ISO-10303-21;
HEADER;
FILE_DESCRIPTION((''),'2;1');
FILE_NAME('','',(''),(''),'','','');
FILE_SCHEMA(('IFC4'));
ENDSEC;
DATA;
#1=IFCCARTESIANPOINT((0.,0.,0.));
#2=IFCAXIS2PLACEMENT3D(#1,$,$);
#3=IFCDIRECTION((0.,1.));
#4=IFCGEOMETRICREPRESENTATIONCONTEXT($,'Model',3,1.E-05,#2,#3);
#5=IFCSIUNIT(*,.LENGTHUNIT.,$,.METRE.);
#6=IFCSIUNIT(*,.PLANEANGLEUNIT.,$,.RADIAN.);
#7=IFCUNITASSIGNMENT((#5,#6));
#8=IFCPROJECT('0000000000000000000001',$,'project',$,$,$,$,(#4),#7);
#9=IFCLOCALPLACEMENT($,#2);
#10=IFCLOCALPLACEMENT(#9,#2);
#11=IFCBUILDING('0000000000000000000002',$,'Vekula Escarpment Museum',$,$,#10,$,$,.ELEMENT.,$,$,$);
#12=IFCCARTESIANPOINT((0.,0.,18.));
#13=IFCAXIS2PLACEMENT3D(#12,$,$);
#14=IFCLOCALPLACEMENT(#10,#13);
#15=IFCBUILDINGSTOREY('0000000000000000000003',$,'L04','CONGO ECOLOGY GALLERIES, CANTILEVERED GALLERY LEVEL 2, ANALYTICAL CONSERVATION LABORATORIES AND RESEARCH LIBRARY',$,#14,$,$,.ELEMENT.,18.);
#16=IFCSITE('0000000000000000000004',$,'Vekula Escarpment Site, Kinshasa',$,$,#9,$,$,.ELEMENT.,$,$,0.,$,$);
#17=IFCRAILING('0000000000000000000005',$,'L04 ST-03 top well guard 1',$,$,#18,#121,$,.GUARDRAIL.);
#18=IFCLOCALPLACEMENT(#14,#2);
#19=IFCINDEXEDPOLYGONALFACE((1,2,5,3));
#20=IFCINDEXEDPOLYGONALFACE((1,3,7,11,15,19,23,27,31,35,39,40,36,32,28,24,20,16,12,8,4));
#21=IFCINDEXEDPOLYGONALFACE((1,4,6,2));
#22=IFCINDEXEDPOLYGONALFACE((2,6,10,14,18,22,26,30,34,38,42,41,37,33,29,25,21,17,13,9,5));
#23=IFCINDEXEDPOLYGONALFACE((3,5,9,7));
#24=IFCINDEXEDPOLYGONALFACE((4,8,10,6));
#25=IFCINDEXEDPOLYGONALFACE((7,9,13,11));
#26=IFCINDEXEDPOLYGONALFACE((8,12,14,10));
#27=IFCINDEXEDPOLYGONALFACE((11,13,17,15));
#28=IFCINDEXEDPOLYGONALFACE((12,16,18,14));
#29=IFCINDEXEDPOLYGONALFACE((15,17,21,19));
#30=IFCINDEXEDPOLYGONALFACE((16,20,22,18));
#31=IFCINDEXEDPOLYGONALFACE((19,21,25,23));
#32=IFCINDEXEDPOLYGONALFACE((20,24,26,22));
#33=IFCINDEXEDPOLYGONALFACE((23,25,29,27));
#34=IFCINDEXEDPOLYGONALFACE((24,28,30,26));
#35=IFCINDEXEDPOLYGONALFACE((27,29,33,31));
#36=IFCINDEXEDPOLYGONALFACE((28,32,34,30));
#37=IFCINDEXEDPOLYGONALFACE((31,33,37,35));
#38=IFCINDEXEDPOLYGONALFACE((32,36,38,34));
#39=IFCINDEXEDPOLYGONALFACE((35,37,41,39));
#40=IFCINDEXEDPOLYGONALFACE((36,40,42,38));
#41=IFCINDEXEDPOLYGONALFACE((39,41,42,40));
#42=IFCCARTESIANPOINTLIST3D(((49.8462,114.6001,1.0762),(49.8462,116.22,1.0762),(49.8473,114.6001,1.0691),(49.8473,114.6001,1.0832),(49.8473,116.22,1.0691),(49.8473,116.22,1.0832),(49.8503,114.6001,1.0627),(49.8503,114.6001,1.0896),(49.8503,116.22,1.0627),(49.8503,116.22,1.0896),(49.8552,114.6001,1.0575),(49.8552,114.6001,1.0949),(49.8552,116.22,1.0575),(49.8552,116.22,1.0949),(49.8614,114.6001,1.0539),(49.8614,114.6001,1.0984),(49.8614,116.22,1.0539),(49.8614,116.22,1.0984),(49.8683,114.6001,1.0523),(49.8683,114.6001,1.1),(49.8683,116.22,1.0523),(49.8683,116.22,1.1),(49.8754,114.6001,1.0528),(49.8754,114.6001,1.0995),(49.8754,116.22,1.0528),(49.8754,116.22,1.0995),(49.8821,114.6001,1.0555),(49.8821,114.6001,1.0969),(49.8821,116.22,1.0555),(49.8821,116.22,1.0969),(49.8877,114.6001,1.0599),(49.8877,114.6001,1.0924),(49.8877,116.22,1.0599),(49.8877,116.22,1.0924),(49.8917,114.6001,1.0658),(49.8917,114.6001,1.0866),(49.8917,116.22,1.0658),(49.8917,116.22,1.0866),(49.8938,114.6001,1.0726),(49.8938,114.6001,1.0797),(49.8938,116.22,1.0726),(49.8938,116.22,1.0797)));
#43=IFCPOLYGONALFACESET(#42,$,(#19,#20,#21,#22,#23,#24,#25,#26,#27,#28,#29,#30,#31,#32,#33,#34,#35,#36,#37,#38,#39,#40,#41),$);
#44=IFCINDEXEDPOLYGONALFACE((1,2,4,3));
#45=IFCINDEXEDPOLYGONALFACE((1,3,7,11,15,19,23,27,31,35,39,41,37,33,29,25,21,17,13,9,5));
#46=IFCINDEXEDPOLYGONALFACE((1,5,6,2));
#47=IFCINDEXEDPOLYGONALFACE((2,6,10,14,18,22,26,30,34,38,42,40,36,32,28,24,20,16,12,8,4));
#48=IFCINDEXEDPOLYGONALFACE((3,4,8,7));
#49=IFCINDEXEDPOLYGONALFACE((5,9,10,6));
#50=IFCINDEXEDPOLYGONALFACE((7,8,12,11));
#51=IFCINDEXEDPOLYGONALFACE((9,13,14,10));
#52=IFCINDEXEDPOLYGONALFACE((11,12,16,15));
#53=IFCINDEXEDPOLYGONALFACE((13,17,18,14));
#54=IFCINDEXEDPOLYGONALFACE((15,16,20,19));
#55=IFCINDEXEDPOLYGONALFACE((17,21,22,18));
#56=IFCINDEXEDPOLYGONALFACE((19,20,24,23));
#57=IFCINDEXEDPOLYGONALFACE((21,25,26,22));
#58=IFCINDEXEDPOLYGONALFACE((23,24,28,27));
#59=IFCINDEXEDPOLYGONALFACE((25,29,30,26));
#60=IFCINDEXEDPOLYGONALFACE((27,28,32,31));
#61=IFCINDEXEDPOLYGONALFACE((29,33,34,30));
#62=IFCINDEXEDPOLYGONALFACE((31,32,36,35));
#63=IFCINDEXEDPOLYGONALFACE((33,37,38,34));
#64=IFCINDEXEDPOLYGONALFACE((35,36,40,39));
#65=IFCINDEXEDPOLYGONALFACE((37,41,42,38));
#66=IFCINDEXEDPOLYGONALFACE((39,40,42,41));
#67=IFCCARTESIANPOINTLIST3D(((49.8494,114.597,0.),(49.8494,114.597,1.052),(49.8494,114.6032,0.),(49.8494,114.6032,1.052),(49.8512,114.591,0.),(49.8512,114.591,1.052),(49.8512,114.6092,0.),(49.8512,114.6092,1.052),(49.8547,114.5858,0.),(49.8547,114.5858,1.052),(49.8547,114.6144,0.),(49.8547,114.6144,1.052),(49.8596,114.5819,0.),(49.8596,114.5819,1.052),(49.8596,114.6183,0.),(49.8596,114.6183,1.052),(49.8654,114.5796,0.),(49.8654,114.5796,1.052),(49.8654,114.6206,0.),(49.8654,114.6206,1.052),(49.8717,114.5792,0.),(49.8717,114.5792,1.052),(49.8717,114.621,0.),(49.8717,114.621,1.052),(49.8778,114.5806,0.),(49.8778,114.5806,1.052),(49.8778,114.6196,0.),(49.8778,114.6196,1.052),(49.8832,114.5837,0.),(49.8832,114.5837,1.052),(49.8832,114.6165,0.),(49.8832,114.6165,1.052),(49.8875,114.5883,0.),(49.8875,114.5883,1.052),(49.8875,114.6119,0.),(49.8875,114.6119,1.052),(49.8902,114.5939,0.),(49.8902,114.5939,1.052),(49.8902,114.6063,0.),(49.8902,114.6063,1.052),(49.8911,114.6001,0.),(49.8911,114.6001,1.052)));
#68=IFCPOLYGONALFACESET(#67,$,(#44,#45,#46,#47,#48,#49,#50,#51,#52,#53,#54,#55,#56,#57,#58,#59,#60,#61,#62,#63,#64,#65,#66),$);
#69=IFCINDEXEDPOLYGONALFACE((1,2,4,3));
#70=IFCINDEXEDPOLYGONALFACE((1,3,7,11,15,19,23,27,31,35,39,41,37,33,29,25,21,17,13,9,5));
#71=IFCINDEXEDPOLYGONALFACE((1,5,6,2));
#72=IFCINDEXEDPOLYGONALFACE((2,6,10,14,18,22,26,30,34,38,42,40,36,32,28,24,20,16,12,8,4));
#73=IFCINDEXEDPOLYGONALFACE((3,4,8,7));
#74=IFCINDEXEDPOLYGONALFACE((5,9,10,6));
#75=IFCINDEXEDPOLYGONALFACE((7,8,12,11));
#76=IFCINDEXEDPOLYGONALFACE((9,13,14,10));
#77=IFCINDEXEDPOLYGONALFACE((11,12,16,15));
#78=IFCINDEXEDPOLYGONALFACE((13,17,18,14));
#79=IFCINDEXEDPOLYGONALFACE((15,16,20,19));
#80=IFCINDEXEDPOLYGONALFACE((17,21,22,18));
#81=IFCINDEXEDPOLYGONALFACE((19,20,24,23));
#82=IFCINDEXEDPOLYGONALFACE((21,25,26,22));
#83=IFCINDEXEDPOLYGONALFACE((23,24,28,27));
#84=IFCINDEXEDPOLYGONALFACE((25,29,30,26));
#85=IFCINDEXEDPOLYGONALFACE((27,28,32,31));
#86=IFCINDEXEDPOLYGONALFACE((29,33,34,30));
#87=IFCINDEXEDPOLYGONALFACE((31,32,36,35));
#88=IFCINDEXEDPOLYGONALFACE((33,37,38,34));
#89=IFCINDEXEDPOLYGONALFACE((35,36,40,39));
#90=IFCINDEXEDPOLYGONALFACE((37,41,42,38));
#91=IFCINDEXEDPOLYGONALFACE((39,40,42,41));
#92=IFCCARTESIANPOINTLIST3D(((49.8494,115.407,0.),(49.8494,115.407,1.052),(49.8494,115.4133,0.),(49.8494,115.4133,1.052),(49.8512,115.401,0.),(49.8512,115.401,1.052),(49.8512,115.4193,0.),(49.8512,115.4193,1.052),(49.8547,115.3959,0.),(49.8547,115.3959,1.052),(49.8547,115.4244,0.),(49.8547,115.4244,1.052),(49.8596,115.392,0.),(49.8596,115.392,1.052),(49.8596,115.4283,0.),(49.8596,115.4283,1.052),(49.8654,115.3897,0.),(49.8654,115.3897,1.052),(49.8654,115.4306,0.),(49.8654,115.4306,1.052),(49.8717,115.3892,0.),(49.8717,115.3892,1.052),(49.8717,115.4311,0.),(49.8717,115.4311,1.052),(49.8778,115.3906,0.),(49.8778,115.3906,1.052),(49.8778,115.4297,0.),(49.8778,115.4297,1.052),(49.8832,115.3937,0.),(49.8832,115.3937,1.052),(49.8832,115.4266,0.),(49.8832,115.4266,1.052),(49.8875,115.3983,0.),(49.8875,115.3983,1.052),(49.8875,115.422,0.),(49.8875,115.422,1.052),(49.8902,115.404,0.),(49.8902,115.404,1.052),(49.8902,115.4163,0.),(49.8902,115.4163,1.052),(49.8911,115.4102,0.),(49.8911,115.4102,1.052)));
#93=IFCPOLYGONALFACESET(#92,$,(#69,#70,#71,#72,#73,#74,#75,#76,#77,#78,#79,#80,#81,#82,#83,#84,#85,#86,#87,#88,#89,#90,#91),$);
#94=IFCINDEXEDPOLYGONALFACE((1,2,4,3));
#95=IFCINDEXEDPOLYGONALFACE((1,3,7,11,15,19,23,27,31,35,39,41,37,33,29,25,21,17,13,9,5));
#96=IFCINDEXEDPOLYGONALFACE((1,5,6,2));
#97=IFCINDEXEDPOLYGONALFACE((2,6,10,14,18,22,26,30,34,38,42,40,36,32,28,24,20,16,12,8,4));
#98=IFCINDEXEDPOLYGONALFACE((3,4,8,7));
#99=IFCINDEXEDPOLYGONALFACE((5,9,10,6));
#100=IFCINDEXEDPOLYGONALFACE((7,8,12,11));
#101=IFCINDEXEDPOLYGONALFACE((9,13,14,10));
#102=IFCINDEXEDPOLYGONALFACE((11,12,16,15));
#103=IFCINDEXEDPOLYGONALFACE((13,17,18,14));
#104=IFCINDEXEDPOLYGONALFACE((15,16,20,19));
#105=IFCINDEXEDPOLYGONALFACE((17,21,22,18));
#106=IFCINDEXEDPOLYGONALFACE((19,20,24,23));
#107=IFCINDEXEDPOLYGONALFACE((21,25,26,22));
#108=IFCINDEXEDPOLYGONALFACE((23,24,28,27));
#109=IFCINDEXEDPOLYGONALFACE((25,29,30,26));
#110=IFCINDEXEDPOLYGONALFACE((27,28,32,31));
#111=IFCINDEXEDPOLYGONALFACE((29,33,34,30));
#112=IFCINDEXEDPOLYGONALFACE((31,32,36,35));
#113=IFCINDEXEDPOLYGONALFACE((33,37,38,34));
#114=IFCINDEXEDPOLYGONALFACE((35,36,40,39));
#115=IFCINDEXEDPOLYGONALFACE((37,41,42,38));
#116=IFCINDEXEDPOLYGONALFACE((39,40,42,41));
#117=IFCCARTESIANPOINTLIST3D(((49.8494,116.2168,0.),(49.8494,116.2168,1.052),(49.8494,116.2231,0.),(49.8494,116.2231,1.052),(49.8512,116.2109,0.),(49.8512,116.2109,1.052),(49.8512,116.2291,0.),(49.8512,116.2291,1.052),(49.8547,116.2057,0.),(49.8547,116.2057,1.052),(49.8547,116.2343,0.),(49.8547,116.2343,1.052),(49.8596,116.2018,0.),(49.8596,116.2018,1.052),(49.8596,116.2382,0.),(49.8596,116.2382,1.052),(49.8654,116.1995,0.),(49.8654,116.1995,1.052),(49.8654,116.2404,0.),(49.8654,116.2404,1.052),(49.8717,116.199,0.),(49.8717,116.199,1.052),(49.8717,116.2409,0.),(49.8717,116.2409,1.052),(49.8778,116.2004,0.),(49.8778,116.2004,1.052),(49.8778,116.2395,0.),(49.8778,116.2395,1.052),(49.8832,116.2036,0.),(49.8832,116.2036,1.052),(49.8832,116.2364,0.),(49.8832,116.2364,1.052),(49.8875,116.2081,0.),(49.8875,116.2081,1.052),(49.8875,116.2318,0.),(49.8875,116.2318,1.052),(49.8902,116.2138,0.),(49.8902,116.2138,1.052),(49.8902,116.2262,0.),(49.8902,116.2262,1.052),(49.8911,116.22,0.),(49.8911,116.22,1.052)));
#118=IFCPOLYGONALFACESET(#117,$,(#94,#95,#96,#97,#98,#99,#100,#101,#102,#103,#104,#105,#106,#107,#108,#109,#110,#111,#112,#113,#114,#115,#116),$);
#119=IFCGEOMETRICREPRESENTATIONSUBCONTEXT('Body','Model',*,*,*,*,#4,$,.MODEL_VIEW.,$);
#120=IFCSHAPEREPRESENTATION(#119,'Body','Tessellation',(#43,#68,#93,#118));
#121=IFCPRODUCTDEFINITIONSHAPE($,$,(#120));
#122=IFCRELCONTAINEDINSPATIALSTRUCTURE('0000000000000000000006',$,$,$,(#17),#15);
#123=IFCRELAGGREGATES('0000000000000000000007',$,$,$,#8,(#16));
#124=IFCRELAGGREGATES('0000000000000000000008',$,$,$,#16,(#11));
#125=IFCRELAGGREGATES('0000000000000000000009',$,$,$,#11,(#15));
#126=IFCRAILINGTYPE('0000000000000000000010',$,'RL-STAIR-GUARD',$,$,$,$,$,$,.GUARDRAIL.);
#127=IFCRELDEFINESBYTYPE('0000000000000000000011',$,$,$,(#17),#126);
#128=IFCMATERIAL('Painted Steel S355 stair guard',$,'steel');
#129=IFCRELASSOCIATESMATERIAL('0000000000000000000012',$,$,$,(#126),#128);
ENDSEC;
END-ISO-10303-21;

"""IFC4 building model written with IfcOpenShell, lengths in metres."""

from ifc_helpers import new_model, si_unit, direction, frame, origin, origin_2d, place, context, subcontext, project, spatial, circle, extrude, material, type_object, element, save


model = new_model("IFC4")

# Units and contexts
model_context = context("Model", 3, precision=1e-05, world=origin(), true_north=direction((0.0, 1.0)))
body_context = subcontext(model_context, "Body", "Model", "MODEL_VIEW")
ifc_project = project(units=[si_unit("LENGTHUNIT", "METRE"), si_unit("PLANEANGLEUNIT", "RADIAN")], contexts=[model_context])

# Site, building, storey
site_placement = place(None, origin())
site = spatial("IfcSite", under=ifc_project, at=site_placement, Name="Vekula Escarpment Site, Kinshasa", CompositionType="ELEMENT", RefElevation=0.0)
building_placement = place(site_placement, origin())
building = spatial("IfcBuilding", under=site, at=building_placement, Name="Vekula Escarpment Museum", CompositionType="ELEMENT")
storey_placement = place(building_placement, frame((0.0, 0.0, 18.0)))
storey = spatial("IfcBuildingStorey", under=building, at=storey_placement, Name="L04", Description="CONGO ECOLOGY GALLERIES, CANTILEVERED GALLERY LEVEL 2, ANALYTICAL CONSERVATION LABORATORIES AND RESEARCH LIBRARY", CompositionType="ELEMENT", Elevation=18.0)

# Railing
ifc_material_1 = material(Name="Painted Steel S355 stair guard", Category="steel")
railing_type = type_object("IfcRailingType", Name="RL-STAIR-GUARD", PredefinedType="GUARDRAIL", material=ifc_material_1)
railing_placement = place(storey_placement, frame((49.8701, 114.6001, 0.0)))
element("IfcRailing", 1, at=railing_placement, inside=storey, type_object=railing_type, Name="L04 ST-03 top well guard 1", PredefinedType="GUARDRAIL", context=body_context, shape_type="SweptSolid", body=[
    extrude(circle(Radius=0.0239, at=origin_2d()), frame((0.0, 0.0, 1.0762), z_axis=(0.0, 1.0, 0.0), x_axis=(-1.0, 0.0, 0.0)), (0.0, 0.0, 1.0), 1.6199),
    extrude(circle(Radius=0.021, at=origin_2d()), origin(), (0.0, 0.0, 1.0), 1.052),
    extrude(circle(Radius=0.021, at=origin_2d()), frame((0.0, 0.8101, 0.0)), (0.0, 0.0, 1.0), 1.052),
    extrude(circle(Radius=0.021, at=origin_2d()), frame((0.0, 1.6199, 0.0)), (0.0, 0.0, 1.0), 1.052),
])

save(model, "model.ifc")
